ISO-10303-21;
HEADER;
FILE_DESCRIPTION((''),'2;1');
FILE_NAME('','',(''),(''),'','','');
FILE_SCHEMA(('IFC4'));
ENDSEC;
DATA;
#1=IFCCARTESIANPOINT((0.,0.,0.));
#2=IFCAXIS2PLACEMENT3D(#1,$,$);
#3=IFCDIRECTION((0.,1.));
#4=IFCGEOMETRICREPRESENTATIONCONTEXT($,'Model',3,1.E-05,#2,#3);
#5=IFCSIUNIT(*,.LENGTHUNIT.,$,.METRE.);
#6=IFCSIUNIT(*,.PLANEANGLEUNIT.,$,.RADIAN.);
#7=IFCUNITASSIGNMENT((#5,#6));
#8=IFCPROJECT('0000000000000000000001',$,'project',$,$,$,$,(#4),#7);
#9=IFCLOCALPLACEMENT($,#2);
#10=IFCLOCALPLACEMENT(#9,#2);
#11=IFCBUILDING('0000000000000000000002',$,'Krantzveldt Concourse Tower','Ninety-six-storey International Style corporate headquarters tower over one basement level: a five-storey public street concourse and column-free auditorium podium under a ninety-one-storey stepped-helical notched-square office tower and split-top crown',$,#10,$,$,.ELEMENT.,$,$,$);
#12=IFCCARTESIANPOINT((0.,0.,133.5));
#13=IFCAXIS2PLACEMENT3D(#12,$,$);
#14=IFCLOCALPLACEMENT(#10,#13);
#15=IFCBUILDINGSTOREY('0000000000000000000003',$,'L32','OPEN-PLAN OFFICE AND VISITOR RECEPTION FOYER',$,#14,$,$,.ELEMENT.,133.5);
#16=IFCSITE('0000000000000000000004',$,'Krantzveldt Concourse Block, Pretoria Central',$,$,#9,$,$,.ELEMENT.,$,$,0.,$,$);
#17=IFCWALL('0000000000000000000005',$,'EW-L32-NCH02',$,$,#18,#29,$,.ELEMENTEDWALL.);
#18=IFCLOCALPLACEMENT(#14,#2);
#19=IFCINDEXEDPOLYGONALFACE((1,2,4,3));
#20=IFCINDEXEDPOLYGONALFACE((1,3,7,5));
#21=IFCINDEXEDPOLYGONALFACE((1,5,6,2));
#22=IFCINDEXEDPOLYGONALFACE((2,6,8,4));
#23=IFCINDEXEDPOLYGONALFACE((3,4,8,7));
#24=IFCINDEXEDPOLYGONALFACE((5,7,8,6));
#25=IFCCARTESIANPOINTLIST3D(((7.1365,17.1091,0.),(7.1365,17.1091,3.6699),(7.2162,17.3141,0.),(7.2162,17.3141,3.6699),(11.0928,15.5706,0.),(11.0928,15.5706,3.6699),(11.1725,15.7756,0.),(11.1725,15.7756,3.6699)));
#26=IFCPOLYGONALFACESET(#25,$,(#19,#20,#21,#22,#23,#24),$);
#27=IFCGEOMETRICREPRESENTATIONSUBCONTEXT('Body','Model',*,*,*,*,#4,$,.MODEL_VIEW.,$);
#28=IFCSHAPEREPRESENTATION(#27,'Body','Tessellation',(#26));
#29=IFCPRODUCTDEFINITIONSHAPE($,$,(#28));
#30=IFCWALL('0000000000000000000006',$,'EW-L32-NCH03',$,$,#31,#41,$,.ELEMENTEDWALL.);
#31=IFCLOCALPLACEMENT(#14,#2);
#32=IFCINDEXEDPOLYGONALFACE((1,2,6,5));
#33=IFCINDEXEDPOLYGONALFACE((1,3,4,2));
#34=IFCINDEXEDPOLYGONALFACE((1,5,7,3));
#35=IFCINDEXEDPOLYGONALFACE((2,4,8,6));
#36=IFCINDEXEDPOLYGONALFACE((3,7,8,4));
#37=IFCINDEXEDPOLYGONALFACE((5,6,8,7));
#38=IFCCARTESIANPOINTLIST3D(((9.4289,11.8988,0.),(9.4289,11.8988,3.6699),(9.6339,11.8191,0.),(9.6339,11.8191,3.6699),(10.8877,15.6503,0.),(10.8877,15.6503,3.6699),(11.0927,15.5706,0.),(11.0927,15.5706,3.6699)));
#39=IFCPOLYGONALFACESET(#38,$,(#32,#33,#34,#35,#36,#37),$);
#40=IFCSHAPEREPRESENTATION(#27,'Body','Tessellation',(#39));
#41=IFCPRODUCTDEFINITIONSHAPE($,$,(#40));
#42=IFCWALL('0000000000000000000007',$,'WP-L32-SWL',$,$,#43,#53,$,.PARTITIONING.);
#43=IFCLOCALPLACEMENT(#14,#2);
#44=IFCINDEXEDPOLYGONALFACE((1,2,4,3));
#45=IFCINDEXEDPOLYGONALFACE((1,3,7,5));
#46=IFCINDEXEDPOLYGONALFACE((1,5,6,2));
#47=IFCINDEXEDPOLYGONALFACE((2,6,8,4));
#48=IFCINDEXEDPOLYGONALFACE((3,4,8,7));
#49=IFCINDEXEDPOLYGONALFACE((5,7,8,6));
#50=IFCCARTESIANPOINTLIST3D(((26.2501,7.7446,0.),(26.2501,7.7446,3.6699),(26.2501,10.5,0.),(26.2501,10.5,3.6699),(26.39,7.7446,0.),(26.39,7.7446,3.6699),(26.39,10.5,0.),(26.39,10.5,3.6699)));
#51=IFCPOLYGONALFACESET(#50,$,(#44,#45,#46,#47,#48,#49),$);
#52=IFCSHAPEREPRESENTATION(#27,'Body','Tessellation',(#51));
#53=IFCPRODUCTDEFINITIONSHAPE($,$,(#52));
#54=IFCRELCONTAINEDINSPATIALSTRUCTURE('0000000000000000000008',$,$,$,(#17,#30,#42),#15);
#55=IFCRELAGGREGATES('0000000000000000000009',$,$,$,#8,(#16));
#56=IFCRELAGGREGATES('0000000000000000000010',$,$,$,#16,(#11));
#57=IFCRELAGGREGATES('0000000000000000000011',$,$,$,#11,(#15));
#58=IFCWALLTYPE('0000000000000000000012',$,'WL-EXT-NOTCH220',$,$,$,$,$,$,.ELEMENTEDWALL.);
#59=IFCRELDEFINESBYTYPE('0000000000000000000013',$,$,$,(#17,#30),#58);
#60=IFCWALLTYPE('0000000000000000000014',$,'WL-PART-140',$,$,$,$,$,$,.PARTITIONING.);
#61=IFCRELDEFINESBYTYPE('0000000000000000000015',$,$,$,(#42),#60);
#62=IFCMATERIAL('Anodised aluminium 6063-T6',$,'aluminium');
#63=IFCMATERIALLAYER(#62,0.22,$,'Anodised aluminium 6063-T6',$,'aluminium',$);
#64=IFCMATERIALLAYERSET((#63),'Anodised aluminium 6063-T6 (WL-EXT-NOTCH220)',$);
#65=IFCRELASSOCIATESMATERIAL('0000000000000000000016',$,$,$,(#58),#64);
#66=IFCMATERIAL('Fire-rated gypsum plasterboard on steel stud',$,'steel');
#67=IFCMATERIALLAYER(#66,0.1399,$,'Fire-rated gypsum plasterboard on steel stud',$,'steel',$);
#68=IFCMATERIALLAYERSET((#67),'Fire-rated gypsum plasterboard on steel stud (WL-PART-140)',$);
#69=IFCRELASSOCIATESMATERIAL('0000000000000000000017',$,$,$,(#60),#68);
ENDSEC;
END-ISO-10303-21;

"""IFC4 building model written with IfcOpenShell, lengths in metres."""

from ifc_helpers import new_model, si_unit, direction, frame, frame_2d, origin, place, context, subcontext, project, spatial, rectangle, extrude, material, layer, layer_set, type_object, element, save


model = new_model("IFC4")

# Units and contexts
model_context = context("Model", 3, precision=1e-05, world=origin(), true_north=direction((0.0, 1.0)))
body_context = subcontext(model_context, "Body", "Model", "MODEL_VIEW")
ifc_project = project(units=[si_unit("LENGTHUNIT", "METRE"), si_unit("PLANEANGLEUNIT", "RADIAN")], contexts=[model_context])

# Site, building, storey
site_placement = place(None, origin())
site = spatial("IfcSite", under=ifc_project, at=site_placement, Name="Krantzveldt Concourse Block, Pretoria Central", CompositionType="ELEMENT", RefElevation=0.0)
building_placement = place(site_placement, origin())
building = spatial("IfcBuilding", under=site, at=building_placement, Name="Krantzveldt Concourse Tower", Description="Ninety-six-storey International Style corporate headquarters tower over one basement level: a five-storey public street concourse and column-free auditorium podium under a ninety-one-storey stepped-helical notched-square office tower and split-top crown", CompositionType="ELEMENT")
storey_placement = place(building_placement, frame((0.0, 0.0, 133.5)))
storey = spatial("IfcBuildingStorey", under=building, at=storey_placement, Name="L32", Description="OPEN-PLAN OFFICE AND VISITOR RECEPTION FOYER", CompositionType="ELEMENT", Elevation=133.5)

# Shared definitions
ifc_material_1 = material(Name="Anodised aluminium 6063-T6", Category="aluminium")

# Walls
ifc_layer_1 = layer(ifc_material_1, 0.22, Name="Anodised aluminium 6063-T6", Category="aluminium")
ifc_layer_set_1 = layer_set([ifc_layer_1], Name="Anodised aluminium 6063-T6 (WL-EXT-NOTCH220)")
wall_type_1 = type_object("IfcWallType", Name="WL-EXT-NOTCH220", PredefinedType="ELEMENTEDWALL", material=ifc_layer_set_1)
wall_1_placement = place(storey_placement, frame((7.1763, 17.2117, 0.0), z_axis=(0.0, 0.0, 1.0), x_axis=(0.932004, -0.362449, 0.0)))
element("IfcWall", 1, at=wall_1_placement, inside=storey, type_object=wall_type_1, Name="EW-L32-NCH02", PredefinedType="ELEMENTEDWALL", context=body_context, shape_type="SweptSolid", body=[
    extrude(rectangle(XDim=4.2449, YDim=0.22, at=frame_2d((2.1226, 0.0))), origin(), (0.0, 0.0, 1.0), 3.6699),
])
wall_2_placement = place(storey_placement, frame((10.9902, 15.6106, 0.0), z_axis=(0.0, 0.0, 1.0), x_axis=(-0.362411, -0.932018, 0.0)))
element("IfcWall", 2, at=wall_2_placement, inside=storey, type_object=wall_type_1, Name="EW-L32-NCH03", PredefinedType="ELEMENTEDWALL", context=body_context, shape_type="SweptSolid", body=[
    extrude(rectangle(XDim=4.0251, YDim=0.22, at=frame_2d((2.0127, 0.0))), origin(), (0.0, 0.0, 1.0), 3.6699),
])
ifc_material_2 = material(Name="Fire-rated gypsum plasterboard on steel stud", Category="steel")
ifc_layer_2 = layer(ifc_material_2, 0.1399, Name="Fire-rated gypsum plasterboard on steel stud", Category="steel")
ifc_layer_set_2 = layer_set([ifc_layer_2], Name="Fire-rated gypsum plasterboard on steel stud (WL-PART-140)")
wall_type_2 = type_object("IfcWallType", Name="WL-PART-140", PredefinedType="PARTITIONING", material=ifc_layer_set_2)
wall_3_placement = place(storey_placement, frame((26.3201, 7.7446, 0.0), z_axis=(0.0, 0.0, 1.0), x_axis=(0.0, 1.0, 0.0)))
element("IfcWall", 3, at=wall_3_placement, inside=storey, type_object=wall_type_2, Name="WP-L32-SWL", PredefinedType="PARTITIONING", context=body_context, shape_type="SweptSolid", body=[
    extrude(rectangle(XDim=2.7554, YDim=0.1399, at=frame_2d((1.3777, 0.0))), origin(), (0.0, 0.0, 1.0), 3.6699),
])

save(model, "model.ifc")
